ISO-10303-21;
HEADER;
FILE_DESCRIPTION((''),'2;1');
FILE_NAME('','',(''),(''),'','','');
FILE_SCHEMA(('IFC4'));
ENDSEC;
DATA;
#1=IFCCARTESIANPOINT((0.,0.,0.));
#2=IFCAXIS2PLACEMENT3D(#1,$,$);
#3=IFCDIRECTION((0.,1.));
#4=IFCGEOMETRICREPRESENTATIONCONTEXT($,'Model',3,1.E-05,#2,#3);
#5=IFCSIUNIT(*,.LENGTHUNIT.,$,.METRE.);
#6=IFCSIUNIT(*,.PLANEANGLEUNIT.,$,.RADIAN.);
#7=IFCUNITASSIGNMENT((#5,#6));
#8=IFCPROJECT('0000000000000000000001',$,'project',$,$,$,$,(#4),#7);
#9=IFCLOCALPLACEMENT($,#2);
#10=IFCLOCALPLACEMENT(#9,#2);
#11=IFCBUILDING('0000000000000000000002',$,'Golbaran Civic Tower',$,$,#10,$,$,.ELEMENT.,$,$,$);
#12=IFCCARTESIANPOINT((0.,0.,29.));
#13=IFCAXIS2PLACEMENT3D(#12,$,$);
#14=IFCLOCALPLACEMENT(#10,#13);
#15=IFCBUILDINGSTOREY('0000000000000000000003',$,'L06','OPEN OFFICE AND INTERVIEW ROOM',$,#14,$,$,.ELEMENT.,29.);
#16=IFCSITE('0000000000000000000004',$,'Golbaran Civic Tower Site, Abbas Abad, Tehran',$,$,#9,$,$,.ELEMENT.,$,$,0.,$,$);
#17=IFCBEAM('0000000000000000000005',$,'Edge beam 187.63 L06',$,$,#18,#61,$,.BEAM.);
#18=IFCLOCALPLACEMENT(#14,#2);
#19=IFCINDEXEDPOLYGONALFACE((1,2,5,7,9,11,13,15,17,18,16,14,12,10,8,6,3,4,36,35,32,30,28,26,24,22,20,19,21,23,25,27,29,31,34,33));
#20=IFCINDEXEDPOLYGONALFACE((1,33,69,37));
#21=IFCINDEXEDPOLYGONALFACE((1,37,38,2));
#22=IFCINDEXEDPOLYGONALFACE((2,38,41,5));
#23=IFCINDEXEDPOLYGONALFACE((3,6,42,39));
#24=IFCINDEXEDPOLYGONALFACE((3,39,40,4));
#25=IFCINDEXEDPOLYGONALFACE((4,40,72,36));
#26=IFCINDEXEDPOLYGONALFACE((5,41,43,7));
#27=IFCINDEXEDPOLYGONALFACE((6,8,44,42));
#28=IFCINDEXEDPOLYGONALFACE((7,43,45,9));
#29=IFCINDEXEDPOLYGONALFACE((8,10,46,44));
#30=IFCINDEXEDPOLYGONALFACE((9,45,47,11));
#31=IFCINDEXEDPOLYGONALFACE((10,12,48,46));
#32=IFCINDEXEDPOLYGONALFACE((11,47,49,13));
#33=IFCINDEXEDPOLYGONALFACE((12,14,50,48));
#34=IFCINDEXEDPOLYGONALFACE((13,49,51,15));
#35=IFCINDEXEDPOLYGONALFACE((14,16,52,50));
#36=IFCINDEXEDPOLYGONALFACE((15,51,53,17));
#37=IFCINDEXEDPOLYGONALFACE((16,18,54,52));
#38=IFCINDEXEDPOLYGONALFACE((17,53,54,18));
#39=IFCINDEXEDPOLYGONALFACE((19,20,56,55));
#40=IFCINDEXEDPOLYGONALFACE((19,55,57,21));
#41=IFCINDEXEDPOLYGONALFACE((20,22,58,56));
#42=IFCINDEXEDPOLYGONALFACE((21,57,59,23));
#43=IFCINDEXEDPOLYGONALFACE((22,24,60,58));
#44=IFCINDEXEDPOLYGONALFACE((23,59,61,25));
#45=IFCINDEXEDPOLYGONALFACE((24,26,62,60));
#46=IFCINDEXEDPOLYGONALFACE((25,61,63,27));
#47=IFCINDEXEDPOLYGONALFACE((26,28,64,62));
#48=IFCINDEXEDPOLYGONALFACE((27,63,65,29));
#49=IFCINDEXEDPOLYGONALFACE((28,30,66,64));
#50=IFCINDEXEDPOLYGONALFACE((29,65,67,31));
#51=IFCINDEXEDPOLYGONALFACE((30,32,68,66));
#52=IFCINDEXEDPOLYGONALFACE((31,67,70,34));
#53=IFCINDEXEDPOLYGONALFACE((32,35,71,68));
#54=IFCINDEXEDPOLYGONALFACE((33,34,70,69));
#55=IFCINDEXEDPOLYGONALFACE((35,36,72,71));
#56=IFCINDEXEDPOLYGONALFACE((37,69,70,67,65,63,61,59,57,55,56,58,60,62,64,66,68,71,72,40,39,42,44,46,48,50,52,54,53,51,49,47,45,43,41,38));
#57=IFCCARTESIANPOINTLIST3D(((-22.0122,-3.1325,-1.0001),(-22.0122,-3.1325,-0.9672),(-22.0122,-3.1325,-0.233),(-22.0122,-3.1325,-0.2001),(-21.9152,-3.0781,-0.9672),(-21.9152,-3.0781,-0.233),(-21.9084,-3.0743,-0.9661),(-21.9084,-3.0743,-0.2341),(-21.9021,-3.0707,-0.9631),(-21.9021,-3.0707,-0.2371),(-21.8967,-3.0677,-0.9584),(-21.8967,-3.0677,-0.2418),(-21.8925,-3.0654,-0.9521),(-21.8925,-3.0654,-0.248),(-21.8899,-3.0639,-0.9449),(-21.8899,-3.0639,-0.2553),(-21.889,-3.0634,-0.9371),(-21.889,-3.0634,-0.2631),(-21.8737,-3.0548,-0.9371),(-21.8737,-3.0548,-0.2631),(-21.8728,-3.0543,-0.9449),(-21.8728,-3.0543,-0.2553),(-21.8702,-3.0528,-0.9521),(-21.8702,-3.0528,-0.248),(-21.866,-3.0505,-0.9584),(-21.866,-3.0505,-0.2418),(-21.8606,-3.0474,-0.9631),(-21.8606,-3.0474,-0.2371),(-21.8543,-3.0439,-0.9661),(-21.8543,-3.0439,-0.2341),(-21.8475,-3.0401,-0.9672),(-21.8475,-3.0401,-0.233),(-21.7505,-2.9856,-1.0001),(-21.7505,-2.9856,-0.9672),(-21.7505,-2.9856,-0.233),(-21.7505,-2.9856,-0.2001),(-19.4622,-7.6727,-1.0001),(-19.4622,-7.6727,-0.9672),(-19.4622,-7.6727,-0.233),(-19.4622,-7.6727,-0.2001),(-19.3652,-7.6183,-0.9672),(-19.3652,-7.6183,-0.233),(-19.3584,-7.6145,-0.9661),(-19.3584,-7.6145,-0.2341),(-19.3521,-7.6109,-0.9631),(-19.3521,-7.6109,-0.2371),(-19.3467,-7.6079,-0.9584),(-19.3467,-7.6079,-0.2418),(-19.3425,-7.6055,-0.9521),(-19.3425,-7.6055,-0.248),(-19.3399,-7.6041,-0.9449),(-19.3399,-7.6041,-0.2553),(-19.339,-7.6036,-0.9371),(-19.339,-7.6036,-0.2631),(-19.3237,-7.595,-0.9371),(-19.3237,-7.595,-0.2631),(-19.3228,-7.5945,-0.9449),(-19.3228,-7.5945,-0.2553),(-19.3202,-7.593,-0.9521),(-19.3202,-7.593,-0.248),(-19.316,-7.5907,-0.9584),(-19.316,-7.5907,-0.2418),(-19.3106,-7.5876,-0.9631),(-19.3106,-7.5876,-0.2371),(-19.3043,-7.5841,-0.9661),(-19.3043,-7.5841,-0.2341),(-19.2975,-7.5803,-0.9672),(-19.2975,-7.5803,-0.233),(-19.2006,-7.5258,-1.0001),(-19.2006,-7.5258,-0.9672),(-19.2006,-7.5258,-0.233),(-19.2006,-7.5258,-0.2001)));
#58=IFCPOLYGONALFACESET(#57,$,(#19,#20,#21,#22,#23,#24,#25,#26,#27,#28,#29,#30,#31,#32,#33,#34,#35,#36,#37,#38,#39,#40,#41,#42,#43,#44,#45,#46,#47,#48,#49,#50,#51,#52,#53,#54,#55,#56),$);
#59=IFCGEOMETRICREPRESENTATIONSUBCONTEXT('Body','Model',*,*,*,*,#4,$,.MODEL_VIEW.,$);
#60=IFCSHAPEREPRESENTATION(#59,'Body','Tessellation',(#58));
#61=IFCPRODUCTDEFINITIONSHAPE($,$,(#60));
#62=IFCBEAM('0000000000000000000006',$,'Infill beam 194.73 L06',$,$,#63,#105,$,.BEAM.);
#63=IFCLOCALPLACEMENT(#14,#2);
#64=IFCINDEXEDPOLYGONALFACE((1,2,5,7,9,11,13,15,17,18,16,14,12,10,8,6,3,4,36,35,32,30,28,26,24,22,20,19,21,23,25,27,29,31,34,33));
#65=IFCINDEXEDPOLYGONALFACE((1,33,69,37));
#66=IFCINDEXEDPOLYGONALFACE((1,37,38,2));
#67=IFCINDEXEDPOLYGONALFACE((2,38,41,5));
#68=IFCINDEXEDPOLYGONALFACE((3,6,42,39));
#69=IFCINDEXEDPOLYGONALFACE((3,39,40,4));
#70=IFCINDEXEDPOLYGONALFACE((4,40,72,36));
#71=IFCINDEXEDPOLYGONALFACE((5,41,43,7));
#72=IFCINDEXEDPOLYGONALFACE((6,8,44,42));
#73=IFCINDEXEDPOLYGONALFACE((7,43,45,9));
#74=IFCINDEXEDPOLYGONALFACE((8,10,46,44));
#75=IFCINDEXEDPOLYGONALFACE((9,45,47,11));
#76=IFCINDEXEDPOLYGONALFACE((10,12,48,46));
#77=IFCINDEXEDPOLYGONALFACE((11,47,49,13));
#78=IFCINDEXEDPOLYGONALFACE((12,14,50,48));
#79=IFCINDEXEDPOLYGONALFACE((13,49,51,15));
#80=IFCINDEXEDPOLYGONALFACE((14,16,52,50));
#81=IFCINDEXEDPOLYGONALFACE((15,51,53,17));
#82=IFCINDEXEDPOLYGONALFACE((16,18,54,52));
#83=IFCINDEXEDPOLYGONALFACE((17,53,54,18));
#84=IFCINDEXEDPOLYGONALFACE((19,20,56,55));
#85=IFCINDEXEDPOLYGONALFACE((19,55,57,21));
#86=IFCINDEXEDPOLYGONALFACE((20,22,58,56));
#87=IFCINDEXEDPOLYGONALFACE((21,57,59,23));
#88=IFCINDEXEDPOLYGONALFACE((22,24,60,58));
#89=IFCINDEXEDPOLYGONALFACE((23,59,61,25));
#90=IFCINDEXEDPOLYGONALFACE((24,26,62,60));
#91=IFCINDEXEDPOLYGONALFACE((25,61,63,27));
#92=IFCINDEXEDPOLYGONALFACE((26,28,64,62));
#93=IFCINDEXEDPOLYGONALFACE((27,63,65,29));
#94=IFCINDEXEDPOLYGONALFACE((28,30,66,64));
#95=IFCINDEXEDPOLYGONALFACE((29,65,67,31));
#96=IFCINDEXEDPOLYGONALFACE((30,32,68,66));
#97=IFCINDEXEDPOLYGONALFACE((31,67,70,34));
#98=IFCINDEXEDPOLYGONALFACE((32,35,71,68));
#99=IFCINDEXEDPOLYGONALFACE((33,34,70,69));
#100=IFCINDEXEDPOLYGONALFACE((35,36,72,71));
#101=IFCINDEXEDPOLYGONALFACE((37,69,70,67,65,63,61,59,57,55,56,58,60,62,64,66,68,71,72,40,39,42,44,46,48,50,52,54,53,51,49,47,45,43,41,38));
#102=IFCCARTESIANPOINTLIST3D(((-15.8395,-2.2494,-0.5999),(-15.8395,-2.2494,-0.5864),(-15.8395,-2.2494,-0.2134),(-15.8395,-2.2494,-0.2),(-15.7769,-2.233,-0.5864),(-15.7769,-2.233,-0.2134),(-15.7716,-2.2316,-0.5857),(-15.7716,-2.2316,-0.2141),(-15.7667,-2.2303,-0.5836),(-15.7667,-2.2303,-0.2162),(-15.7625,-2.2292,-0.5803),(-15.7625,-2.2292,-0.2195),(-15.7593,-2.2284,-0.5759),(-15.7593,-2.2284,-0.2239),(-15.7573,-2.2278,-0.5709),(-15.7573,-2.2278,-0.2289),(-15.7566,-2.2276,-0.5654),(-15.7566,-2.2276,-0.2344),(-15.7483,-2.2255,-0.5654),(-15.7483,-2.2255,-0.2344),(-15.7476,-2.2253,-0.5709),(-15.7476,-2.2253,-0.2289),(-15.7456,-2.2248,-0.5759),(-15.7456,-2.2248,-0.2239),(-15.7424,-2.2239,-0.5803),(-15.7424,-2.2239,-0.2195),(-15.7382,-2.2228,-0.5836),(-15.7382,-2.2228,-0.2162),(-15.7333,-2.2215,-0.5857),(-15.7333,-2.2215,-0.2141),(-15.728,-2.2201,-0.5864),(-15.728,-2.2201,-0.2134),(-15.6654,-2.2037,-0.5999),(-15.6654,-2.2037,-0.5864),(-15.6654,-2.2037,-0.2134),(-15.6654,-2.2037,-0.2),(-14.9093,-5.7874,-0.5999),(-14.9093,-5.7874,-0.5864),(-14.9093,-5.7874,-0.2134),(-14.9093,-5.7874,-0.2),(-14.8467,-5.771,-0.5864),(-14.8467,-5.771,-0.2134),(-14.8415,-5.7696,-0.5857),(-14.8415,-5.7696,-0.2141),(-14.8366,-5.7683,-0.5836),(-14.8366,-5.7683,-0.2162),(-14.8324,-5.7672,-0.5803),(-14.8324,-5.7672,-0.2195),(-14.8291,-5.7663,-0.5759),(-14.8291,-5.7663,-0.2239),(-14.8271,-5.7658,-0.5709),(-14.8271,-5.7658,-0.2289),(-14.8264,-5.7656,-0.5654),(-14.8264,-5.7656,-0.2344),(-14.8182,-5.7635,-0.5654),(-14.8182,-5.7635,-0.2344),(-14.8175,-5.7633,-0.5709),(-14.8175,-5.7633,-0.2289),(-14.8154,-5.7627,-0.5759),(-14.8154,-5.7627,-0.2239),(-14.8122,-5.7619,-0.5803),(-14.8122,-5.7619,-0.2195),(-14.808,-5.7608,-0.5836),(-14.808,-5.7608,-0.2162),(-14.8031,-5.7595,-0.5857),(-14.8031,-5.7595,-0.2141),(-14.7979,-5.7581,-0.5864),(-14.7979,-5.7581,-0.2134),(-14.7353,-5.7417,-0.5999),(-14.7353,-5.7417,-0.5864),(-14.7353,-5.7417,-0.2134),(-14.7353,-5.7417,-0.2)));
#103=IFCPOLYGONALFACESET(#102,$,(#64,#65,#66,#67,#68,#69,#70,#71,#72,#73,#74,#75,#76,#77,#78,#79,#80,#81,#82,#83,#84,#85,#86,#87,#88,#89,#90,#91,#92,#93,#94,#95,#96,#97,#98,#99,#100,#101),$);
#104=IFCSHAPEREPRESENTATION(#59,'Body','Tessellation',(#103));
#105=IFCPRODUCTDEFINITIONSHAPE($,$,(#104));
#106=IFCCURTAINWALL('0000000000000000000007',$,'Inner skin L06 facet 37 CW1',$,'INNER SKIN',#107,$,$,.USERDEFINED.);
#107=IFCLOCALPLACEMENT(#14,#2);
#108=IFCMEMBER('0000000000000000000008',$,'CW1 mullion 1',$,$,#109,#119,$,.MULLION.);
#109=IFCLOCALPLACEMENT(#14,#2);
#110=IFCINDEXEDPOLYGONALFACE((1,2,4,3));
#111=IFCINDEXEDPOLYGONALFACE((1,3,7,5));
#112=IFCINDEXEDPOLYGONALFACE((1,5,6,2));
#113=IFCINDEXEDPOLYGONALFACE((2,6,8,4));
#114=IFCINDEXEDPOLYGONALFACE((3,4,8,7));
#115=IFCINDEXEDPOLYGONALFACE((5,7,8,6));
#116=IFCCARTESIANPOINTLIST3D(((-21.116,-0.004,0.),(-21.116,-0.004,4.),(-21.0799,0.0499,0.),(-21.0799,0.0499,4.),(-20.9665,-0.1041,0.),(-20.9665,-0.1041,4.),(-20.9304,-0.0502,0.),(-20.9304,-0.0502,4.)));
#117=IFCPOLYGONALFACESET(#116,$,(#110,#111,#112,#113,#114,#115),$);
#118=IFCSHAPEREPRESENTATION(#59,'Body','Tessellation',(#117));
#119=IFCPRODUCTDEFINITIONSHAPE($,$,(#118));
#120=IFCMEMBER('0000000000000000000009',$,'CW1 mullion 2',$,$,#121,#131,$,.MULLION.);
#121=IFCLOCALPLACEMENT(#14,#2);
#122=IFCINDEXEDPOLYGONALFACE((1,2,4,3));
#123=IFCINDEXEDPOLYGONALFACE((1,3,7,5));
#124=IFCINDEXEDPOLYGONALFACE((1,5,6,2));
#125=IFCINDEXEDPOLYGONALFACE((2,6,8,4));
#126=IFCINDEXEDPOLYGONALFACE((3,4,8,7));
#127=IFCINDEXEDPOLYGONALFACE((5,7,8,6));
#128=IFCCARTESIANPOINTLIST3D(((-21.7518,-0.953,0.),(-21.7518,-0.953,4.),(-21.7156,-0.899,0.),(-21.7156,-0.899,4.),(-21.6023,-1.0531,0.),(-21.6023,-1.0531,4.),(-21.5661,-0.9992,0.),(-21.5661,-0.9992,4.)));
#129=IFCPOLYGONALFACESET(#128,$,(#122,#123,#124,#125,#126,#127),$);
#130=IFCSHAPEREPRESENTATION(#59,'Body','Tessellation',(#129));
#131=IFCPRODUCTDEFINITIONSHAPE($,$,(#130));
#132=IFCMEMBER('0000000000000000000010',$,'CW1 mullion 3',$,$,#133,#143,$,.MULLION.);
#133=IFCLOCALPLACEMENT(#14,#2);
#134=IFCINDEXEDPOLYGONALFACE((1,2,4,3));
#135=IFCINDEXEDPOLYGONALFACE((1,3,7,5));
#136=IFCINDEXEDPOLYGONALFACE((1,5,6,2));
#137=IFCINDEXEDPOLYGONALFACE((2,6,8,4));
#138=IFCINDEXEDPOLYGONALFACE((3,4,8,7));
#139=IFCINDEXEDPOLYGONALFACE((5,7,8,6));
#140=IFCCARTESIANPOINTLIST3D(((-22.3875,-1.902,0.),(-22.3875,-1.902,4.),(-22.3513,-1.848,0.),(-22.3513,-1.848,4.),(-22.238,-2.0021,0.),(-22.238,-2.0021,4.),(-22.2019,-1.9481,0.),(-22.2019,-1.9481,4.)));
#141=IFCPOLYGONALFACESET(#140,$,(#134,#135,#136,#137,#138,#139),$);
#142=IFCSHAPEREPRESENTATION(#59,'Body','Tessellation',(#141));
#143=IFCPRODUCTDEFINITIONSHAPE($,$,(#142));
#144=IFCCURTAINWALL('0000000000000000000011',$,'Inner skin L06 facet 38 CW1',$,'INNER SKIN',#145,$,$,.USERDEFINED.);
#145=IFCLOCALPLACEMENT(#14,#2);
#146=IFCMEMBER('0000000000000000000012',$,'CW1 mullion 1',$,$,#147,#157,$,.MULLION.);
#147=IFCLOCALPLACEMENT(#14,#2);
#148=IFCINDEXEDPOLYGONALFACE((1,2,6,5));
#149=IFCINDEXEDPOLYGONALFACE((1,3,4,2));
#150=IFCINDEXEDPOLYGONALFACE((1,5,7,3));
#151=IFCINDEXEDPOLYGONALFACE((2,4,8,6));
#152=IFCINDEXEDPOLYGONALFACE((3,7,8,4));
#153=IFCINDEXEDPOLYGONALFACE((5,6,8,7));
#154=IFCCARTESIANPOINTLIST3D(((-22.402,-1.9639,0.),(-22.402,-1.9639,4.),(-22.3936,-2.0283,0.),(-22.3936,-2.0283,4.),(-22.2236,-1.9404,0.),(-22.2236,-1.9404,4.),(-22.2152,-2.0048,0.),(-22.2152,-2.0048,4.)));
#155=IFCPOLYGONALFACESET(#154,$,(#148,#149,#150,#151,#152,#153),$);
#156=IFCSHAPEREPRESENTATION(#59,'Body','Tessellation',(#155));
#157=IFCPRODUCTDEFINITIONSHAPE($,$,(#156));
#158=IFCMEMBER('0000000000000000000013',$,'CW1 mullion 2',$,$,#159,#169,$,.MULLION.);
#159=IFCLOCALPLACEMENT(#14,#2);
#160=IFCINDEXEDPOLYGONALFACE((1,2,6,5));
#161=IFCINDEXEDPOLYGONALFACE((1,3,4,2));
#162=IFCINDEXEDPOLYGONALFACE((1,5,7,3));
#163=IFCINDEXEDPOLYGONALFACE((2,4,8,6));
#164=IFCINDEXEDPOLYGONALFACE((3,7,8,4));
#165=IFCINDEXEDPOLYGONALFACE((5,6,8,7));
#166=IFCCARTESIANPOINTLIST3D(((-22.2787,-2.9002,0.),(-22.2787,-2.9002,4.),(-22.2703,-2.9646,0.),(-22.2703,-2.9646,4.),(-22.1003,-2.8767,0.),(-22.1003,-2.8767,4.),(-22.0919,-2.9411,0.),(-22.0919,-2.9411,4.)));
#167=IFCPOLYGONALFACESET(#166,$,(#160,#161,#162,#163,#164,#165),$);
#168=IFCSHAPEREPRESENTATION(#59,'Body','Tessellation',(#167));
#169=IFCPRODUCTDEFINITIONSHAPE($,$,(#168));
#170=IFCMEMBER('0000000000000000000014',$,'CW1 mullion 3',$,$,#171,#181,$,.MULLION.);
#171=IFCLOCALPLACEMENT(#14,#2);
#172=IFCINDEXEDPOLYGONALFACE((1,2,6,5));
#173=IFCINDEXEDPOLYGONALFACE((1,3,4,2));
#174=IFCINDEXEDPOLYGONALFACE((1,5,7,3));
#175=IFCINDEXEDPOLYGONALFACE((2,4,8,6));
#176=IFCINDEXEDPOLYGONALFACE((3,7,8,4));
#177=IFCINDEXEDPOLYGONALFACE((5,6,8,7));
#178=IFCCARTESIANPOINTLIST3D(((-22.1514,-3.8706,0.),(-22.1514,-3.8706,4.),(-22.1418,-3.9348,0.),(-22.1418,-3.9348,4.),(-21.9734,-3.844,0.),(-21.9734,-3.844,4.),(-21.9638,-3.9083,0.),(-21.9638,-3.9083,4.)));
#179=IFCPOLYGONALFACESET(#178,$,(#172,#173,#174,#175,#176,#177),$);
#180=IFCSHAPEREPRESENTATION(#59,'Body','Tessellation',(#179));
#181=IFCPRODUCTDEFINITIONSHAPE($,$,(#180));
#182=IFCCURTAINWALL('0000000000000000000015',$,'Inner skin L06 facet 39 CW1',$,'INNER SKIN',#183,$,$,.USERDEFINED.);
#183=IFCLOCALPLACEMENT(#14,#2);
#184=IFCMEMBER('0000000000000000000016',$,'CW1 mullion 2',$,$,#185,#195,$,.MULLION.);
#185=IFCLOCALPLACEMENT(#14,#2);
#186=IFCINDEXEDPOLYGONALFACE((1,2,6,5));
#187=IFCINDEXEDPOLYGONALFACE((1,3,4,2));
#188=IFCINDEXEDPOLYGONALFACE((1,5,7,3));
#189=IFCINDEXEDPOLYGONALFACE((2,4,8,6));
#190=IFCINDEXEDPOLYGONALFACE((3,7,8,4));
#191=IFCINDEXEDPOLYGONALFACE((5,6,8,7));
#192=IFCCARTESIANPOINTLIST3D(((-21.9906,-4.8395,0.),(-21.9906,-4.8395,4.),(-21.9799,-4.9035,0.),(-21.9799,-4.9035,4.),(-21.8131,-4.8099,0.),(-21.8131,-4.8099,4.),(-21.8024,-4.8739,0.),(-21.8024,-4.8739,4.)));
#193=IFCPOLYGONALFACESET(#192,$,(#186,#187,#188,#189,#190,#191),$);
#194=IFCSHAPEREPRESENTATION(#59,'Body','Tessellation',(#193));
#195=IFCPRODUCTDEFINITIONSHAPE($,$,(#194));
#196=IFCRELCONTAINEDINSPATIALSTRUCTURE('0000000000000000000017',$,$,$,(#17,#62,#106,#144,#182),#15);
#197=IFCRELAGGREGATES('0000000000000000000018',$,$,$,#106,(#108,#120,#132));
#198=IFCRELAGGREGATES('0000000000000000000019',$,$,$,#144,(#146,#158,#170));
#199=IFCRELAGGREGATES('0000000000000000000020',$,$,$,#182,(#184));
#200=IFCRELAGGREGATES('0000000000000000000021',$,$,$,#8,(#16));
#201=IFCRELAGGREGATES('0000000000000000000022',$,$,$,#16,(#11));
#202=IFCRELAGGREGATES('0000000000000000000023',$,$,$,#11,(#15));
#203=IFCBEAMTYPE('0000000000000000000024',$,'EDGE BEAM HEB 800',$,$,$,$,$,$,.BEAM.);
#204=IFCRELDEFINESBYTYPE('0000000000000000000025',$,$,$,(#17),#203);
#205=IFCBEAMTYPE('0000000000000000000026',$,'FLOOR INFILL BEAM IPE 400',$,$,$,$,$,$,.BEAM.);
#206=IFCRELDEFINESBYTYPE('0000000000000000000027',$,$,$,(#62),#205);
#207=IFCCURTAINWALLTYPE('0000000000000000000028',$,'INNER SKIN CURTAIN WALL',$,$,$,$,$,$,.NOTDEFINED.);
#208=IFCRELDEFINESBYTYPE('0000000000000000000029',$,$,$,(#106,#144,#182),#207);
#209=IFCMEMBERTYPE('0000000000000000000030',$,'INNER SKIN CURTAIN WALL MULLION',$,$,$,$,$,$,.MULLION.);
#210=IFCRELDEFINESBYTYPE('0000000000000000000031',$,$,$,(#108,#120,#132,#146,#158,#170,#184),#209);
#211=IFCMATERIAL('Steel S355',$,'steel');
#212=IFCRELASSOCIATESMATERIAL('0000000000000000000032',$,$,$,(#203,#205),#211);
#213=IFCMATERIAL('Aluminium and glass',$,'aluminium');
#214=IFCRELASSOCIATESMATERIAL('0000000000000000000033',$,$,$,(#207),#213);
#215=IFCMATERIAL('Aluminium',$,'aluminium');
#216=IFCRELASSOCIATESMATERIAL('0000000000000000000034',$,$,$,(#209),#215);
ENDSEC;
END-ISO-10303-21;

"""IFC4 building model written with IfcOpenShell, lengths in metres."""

from ifc_helpers import new_model, si_unit, direction, frame, origin, origin_2d, place, context, subcontext, project, spatial, rectangle, i_section, extrude, material, material_profile, profile_set, type_object, element, aggregate, save


model = new_model("IFC4")

# Units and contexts
model_context = context("Model", 3, precision=1e-05, world=origin(), true_north=direction((0.0, 1.0)))
body_context = subcontext(model_context, "Body", "Model", "MODEL_VIEW")
ifc_project = project(units=[si_unit("LENGTHUNIT", "METRE"), si_unit("PLANEANGLEUNIT", "RADIAN")], contexts=[model_context])

# Site, building, storey
site_placement = place(None, origin())
site = spatial("IfcSite", under=ifc_project, at=site_placement, Name="Golbaran Civic Tower Site, Abbas Abad, Tehran", CompositionType="ELEMENT", RefElevation=0.0)
building_placement = place(site_placement, origin())
building = spatial("IfcBuilding", under=site, at=building_placement, Name="Golbaran Civic Tower", CompositionType="ELEMENT")
storey_placement = place(building_placement, frame((0.0, 0.0, 29.0)))
storey = spatial("IfcBuildingStorey", under=building, at=storey_placement, Name="L06", Description="OPEN OFFICE AND INTERVIEW ROOM", CompositionType="ELEMENT", Elevation=29.0)

# Beams
ifc_material_1 = material(Name="Steel S355", Category="steel")
ifc_material_profile_1 = material_profile(ifc_material_1, i_section(OverallWidth=0.3, OverallDepth=0.8, WebThickness=0.0176, FlangeThickness=0.033, FilletRadius=0.03, at=origin_2d()), Name="HEB 800")
ifc_profile_set_1 = profile_set([ifc_material_profile_1], Name="Steel S355")
beam_type_1 = type_object("IfcBeamType", Name="EDGE BEAM HEB 800", PredefinedType="BEAM", material=ifc_profile_set_1)
beam_1_placement = place(storey_placement, frame((-21.8813, -3.0591, -0.6001), z_axis=(0.489698, -0.871892, 0.0), x_axis=(0.871892, 0.489698, 0.0)))
element("IfcBeam", 1, at=beam_1_placement, inside=storey, type_object=beam_type_1, Name="Edge beam 187.63 L06", PredefinedType="BEAM", context=body_context, shape_type="SweptSolid", body=[
    extrude(i_section(OverallWidth=0.3, OverallDepth=0.8, WebThickness=0.0176, FlangeThickness=0.033, FilletRadius=0.03, at=origin_2d()), origin(), (0.0, 0.0, 1.0), 5.2073),
])
ifc_material_profile_2 = material_profile(ifc_material_1, i_section(OverallWidth=0.1799, OverallDepth=0.3999, WebThickness=0.0085, FlangeThickness=0.0134, FilletRadius=0.021, at=origin_2d()), Name="IPE 400")
ifc_profile_set_2 = profile_set([ifc_material_profile_2], Name="Steel S355")
beam_type_2 = type_object("IfcBeamType", Name="FLOOR INFILL BEAM IPE 400", PredefinedType="BEAM", material=ifc_profile_set_2)
beam_2_placement = place(storey_placement, frame((-15.7524, -2.2266, -0.3999), z_axis=(0.254263, -0.967135, 0.0), x_axis=(0.967135, 0.254263, 0.0)))
element("IfcBeam", 2, at=beam_2_placement, inside=storey, type_object=beam_type_2, Name="Infill beam 194.73 L06", PredefinedType="BEAM", context=body_context, shape_type="SweptSolid", body=[
    extrude(i_section(OverallWidth=0.1799, OverallDepth=0.3999, WebThickness=0.0085, FlangeThickness=0.0134, FilletRadius=0.021, at=origin_2d()), origin(), (0.0, 0.0, 1.0), 3.6582),
])

# Curtain walls, members
ifc_material_2 = material(Name="Aluminium and glass", Category="aluminium")
curtain_wall_type = type_object("IfcCurtainWallType", Name="INNER SKIN CURTAIN WALL", PredefinedType="NOTDEFINED", material=ifc_material_2)
curtain_wall_1_placement = place(storey_placement, origin())
curtain_wall_1 = element("IfcCurtainWall", 3, at=curtain_wall_1_placement, inside=storey, type_object=curtain_wall_type, Name="Inner skin L06 facet 37 CW1", ObjectType="INNER SKIN", PredefinedType="USERDEFINED")
ifc_material_3 = material(Name="Aluminium", Category="aluminium")
ifc_material_profile_3 = material_profile(ifc_material_3, rectangle(XDim=0.1799, YDim=0.0649, at=origin_2d()), Name="INNER SKIN CURTAIN WALL MULLION")
ifc_profile_set_3 = profile_set([ifc_material_profile_3], Name="Aluminium")
member_type_1 = type_object("IfcMemberType", Name="INNER SKIN CURTAIN WALL MULLION", PredefinedType="MULLION", material=ifc_profile_set_3)
member_1_placement = place(storey_placement, frame((-21.0232, -0.0271, 0.0), z_axis=(0.0, 0.0, 1.0), x_axis=(0.830799, -0.556572, 0.0)))
member_1 = element("IfcMember", 4, at=member_1_placement, type_object=member_type_1, Name="CW1 mullion 1", PredefinedType="MULLION", context=body_context, shape_type="SweptSolid", body=[
    extrude(rectangle(XDim=0.1799, YDim=0.0649, at=origin_2d()), origin(), (0.0, 0.0, 1.0), 4.0),
])
member_2_placement = place(storey_placement, frame((-21.6589, -0.9761, 0.0), z_axis=(0.0, 0.0, 1.0), x_axis=(0.830799, -0.556572, 0.0)))
member_2 = element("IfcMember", 5, at=member_2_placement, type_object=member_type_1, Name="CW1 mullion 2", PredefinedType="MULLION", context=body_context, shape_type="SweptSolid", body=[
    extrude(rectangle(XDim=0.1799, YDim=0.0649, at=origin_2d()), origin(), (0.0, 0.0, 1.0), 4.0),
])
member_3_placement = place(storey_placement, frame((-22.2947, -1.925, 0.0), z_axis=(0.0, 0.0, 1.0), x_axis=(0.830799, -0.556572, 0.0)))
member_3 = element("IfcMember", 6, at=member_3_placement, type_object=member_type_1, Name="CW1 mullion 3", PredefinedType="MULLION", context=body_context, shape_type="SweptSolid", body=[
    extrude(rectangle(XDim=0.1799, YDim=0.0649, at=origin_2d()), origin(), (0.0, 0.0, 1.0), 4.0),
])
curtain_wall_2_placement = place(storey_placement, origin())
curtain_wall_2 = element("IfcCurtainWall", 7, at=curtain_wall_2_placement, inside=storey, type_object=curtain_wall_type, Name="Inner skin L06 facet 38 CW1", ObjectType="INNER SKIN", PredefinedType="USERDEFINED")
member_4_placement = place(storey_placement, frame((-22.3086, -1.9844, 0.0), z_axis=(0.0, 0.0, 1.0), x_axis=(0.991445, 0.130526, 0.0)))
member_4 = element("IfcMember", 8, at=member_4_placement, type_object=member_type_1, Name="CW1 mullion 1", PredefinedType="MULLION", context=body_context, shape_type="SweptSolid", body=[
    extrude(rectangle(XDim=0.1799, YDim=0.0649, at=origin_2d()), origin(), (0.0, 0.0, 1.0), 4.0),
])
member_5_placement = place(storey_placement, frame((-22.1853, -2.9207, 0.0), z_axis=(0.0, 0.0, 1.0), x_axis=(0.991445, 0.130526, 0.0)))
member_5 = element("IfcMember", 9, at=member_5_placement, type_object=member_type_1, Name="CW1 mullion 2", PredefinedType="MULLION", context=body_context, shape_type="SweptSolid", body=[
    extrude(rectangle(XDim=0.1799, YDim=0.0649, at=origin_2d()), origin(), (0.0, 0.0, 1.0), 4.0),
])
member_6_placement = place(storey_placement, frame((-22.0576, -3.8894, 0.0), z_axis=(0.0, 0.0, 1.0), x_axis=(0.989063, 0.147492, 0.0)))
member_6 = element("IfcMember", 10, at=member_6_placement, type_object=member_type_1, Name="CW1 mullion 3", PredefinedType="MULLION", context=body_context, shape_type="SweptSolid", body=[
    extrude(rectangle(XDim=0.1799, YDim=0.0649, at=origin_2d()), origin(), (0.0, 0.0, 1.0), 4.0),
])

# Curtain wall, member
curtain_wall_3_placement = place(storey_placement, origin())
curtain_wall_3 = element("IfcCurtainWall", 11, at=curtain_wall_3_placement, inside=storey, type_object=curtain_wall_type, Name="Inner skin L06 facet 39 CW1", ObjectType="INNER SKIN", PredefinedType="USERDEFINED")
member_7_placement = place(storey_placement, frame((-21.8965, -4.8567, 0.0), z_axis=(0.0, 0.0, 1.0), x_axis=(0.986391, 0.164415, 0.0)))
member_7 = element("IfcMember", 12, at=member_7_placement, type_object=member_type_1, Name="CW1 mullion 2", PredefinedType="MULLION", context=body_context, shape_type="SweptSolid", body=[
    extrude(rectangle(XDim=0.1799, YDim=0.0649, at=origin_2d()), origin(), (0.0, 0.0, 1.0), 4.0),
])

aggregate(curtain_wall_1, [member_1, member_2, member_3])
aggregate(curtain_wall_2, [member_4, member_5, member_6])
aggregate(curtain_wall_3, [member_7])

save(model, "model.ifc")
